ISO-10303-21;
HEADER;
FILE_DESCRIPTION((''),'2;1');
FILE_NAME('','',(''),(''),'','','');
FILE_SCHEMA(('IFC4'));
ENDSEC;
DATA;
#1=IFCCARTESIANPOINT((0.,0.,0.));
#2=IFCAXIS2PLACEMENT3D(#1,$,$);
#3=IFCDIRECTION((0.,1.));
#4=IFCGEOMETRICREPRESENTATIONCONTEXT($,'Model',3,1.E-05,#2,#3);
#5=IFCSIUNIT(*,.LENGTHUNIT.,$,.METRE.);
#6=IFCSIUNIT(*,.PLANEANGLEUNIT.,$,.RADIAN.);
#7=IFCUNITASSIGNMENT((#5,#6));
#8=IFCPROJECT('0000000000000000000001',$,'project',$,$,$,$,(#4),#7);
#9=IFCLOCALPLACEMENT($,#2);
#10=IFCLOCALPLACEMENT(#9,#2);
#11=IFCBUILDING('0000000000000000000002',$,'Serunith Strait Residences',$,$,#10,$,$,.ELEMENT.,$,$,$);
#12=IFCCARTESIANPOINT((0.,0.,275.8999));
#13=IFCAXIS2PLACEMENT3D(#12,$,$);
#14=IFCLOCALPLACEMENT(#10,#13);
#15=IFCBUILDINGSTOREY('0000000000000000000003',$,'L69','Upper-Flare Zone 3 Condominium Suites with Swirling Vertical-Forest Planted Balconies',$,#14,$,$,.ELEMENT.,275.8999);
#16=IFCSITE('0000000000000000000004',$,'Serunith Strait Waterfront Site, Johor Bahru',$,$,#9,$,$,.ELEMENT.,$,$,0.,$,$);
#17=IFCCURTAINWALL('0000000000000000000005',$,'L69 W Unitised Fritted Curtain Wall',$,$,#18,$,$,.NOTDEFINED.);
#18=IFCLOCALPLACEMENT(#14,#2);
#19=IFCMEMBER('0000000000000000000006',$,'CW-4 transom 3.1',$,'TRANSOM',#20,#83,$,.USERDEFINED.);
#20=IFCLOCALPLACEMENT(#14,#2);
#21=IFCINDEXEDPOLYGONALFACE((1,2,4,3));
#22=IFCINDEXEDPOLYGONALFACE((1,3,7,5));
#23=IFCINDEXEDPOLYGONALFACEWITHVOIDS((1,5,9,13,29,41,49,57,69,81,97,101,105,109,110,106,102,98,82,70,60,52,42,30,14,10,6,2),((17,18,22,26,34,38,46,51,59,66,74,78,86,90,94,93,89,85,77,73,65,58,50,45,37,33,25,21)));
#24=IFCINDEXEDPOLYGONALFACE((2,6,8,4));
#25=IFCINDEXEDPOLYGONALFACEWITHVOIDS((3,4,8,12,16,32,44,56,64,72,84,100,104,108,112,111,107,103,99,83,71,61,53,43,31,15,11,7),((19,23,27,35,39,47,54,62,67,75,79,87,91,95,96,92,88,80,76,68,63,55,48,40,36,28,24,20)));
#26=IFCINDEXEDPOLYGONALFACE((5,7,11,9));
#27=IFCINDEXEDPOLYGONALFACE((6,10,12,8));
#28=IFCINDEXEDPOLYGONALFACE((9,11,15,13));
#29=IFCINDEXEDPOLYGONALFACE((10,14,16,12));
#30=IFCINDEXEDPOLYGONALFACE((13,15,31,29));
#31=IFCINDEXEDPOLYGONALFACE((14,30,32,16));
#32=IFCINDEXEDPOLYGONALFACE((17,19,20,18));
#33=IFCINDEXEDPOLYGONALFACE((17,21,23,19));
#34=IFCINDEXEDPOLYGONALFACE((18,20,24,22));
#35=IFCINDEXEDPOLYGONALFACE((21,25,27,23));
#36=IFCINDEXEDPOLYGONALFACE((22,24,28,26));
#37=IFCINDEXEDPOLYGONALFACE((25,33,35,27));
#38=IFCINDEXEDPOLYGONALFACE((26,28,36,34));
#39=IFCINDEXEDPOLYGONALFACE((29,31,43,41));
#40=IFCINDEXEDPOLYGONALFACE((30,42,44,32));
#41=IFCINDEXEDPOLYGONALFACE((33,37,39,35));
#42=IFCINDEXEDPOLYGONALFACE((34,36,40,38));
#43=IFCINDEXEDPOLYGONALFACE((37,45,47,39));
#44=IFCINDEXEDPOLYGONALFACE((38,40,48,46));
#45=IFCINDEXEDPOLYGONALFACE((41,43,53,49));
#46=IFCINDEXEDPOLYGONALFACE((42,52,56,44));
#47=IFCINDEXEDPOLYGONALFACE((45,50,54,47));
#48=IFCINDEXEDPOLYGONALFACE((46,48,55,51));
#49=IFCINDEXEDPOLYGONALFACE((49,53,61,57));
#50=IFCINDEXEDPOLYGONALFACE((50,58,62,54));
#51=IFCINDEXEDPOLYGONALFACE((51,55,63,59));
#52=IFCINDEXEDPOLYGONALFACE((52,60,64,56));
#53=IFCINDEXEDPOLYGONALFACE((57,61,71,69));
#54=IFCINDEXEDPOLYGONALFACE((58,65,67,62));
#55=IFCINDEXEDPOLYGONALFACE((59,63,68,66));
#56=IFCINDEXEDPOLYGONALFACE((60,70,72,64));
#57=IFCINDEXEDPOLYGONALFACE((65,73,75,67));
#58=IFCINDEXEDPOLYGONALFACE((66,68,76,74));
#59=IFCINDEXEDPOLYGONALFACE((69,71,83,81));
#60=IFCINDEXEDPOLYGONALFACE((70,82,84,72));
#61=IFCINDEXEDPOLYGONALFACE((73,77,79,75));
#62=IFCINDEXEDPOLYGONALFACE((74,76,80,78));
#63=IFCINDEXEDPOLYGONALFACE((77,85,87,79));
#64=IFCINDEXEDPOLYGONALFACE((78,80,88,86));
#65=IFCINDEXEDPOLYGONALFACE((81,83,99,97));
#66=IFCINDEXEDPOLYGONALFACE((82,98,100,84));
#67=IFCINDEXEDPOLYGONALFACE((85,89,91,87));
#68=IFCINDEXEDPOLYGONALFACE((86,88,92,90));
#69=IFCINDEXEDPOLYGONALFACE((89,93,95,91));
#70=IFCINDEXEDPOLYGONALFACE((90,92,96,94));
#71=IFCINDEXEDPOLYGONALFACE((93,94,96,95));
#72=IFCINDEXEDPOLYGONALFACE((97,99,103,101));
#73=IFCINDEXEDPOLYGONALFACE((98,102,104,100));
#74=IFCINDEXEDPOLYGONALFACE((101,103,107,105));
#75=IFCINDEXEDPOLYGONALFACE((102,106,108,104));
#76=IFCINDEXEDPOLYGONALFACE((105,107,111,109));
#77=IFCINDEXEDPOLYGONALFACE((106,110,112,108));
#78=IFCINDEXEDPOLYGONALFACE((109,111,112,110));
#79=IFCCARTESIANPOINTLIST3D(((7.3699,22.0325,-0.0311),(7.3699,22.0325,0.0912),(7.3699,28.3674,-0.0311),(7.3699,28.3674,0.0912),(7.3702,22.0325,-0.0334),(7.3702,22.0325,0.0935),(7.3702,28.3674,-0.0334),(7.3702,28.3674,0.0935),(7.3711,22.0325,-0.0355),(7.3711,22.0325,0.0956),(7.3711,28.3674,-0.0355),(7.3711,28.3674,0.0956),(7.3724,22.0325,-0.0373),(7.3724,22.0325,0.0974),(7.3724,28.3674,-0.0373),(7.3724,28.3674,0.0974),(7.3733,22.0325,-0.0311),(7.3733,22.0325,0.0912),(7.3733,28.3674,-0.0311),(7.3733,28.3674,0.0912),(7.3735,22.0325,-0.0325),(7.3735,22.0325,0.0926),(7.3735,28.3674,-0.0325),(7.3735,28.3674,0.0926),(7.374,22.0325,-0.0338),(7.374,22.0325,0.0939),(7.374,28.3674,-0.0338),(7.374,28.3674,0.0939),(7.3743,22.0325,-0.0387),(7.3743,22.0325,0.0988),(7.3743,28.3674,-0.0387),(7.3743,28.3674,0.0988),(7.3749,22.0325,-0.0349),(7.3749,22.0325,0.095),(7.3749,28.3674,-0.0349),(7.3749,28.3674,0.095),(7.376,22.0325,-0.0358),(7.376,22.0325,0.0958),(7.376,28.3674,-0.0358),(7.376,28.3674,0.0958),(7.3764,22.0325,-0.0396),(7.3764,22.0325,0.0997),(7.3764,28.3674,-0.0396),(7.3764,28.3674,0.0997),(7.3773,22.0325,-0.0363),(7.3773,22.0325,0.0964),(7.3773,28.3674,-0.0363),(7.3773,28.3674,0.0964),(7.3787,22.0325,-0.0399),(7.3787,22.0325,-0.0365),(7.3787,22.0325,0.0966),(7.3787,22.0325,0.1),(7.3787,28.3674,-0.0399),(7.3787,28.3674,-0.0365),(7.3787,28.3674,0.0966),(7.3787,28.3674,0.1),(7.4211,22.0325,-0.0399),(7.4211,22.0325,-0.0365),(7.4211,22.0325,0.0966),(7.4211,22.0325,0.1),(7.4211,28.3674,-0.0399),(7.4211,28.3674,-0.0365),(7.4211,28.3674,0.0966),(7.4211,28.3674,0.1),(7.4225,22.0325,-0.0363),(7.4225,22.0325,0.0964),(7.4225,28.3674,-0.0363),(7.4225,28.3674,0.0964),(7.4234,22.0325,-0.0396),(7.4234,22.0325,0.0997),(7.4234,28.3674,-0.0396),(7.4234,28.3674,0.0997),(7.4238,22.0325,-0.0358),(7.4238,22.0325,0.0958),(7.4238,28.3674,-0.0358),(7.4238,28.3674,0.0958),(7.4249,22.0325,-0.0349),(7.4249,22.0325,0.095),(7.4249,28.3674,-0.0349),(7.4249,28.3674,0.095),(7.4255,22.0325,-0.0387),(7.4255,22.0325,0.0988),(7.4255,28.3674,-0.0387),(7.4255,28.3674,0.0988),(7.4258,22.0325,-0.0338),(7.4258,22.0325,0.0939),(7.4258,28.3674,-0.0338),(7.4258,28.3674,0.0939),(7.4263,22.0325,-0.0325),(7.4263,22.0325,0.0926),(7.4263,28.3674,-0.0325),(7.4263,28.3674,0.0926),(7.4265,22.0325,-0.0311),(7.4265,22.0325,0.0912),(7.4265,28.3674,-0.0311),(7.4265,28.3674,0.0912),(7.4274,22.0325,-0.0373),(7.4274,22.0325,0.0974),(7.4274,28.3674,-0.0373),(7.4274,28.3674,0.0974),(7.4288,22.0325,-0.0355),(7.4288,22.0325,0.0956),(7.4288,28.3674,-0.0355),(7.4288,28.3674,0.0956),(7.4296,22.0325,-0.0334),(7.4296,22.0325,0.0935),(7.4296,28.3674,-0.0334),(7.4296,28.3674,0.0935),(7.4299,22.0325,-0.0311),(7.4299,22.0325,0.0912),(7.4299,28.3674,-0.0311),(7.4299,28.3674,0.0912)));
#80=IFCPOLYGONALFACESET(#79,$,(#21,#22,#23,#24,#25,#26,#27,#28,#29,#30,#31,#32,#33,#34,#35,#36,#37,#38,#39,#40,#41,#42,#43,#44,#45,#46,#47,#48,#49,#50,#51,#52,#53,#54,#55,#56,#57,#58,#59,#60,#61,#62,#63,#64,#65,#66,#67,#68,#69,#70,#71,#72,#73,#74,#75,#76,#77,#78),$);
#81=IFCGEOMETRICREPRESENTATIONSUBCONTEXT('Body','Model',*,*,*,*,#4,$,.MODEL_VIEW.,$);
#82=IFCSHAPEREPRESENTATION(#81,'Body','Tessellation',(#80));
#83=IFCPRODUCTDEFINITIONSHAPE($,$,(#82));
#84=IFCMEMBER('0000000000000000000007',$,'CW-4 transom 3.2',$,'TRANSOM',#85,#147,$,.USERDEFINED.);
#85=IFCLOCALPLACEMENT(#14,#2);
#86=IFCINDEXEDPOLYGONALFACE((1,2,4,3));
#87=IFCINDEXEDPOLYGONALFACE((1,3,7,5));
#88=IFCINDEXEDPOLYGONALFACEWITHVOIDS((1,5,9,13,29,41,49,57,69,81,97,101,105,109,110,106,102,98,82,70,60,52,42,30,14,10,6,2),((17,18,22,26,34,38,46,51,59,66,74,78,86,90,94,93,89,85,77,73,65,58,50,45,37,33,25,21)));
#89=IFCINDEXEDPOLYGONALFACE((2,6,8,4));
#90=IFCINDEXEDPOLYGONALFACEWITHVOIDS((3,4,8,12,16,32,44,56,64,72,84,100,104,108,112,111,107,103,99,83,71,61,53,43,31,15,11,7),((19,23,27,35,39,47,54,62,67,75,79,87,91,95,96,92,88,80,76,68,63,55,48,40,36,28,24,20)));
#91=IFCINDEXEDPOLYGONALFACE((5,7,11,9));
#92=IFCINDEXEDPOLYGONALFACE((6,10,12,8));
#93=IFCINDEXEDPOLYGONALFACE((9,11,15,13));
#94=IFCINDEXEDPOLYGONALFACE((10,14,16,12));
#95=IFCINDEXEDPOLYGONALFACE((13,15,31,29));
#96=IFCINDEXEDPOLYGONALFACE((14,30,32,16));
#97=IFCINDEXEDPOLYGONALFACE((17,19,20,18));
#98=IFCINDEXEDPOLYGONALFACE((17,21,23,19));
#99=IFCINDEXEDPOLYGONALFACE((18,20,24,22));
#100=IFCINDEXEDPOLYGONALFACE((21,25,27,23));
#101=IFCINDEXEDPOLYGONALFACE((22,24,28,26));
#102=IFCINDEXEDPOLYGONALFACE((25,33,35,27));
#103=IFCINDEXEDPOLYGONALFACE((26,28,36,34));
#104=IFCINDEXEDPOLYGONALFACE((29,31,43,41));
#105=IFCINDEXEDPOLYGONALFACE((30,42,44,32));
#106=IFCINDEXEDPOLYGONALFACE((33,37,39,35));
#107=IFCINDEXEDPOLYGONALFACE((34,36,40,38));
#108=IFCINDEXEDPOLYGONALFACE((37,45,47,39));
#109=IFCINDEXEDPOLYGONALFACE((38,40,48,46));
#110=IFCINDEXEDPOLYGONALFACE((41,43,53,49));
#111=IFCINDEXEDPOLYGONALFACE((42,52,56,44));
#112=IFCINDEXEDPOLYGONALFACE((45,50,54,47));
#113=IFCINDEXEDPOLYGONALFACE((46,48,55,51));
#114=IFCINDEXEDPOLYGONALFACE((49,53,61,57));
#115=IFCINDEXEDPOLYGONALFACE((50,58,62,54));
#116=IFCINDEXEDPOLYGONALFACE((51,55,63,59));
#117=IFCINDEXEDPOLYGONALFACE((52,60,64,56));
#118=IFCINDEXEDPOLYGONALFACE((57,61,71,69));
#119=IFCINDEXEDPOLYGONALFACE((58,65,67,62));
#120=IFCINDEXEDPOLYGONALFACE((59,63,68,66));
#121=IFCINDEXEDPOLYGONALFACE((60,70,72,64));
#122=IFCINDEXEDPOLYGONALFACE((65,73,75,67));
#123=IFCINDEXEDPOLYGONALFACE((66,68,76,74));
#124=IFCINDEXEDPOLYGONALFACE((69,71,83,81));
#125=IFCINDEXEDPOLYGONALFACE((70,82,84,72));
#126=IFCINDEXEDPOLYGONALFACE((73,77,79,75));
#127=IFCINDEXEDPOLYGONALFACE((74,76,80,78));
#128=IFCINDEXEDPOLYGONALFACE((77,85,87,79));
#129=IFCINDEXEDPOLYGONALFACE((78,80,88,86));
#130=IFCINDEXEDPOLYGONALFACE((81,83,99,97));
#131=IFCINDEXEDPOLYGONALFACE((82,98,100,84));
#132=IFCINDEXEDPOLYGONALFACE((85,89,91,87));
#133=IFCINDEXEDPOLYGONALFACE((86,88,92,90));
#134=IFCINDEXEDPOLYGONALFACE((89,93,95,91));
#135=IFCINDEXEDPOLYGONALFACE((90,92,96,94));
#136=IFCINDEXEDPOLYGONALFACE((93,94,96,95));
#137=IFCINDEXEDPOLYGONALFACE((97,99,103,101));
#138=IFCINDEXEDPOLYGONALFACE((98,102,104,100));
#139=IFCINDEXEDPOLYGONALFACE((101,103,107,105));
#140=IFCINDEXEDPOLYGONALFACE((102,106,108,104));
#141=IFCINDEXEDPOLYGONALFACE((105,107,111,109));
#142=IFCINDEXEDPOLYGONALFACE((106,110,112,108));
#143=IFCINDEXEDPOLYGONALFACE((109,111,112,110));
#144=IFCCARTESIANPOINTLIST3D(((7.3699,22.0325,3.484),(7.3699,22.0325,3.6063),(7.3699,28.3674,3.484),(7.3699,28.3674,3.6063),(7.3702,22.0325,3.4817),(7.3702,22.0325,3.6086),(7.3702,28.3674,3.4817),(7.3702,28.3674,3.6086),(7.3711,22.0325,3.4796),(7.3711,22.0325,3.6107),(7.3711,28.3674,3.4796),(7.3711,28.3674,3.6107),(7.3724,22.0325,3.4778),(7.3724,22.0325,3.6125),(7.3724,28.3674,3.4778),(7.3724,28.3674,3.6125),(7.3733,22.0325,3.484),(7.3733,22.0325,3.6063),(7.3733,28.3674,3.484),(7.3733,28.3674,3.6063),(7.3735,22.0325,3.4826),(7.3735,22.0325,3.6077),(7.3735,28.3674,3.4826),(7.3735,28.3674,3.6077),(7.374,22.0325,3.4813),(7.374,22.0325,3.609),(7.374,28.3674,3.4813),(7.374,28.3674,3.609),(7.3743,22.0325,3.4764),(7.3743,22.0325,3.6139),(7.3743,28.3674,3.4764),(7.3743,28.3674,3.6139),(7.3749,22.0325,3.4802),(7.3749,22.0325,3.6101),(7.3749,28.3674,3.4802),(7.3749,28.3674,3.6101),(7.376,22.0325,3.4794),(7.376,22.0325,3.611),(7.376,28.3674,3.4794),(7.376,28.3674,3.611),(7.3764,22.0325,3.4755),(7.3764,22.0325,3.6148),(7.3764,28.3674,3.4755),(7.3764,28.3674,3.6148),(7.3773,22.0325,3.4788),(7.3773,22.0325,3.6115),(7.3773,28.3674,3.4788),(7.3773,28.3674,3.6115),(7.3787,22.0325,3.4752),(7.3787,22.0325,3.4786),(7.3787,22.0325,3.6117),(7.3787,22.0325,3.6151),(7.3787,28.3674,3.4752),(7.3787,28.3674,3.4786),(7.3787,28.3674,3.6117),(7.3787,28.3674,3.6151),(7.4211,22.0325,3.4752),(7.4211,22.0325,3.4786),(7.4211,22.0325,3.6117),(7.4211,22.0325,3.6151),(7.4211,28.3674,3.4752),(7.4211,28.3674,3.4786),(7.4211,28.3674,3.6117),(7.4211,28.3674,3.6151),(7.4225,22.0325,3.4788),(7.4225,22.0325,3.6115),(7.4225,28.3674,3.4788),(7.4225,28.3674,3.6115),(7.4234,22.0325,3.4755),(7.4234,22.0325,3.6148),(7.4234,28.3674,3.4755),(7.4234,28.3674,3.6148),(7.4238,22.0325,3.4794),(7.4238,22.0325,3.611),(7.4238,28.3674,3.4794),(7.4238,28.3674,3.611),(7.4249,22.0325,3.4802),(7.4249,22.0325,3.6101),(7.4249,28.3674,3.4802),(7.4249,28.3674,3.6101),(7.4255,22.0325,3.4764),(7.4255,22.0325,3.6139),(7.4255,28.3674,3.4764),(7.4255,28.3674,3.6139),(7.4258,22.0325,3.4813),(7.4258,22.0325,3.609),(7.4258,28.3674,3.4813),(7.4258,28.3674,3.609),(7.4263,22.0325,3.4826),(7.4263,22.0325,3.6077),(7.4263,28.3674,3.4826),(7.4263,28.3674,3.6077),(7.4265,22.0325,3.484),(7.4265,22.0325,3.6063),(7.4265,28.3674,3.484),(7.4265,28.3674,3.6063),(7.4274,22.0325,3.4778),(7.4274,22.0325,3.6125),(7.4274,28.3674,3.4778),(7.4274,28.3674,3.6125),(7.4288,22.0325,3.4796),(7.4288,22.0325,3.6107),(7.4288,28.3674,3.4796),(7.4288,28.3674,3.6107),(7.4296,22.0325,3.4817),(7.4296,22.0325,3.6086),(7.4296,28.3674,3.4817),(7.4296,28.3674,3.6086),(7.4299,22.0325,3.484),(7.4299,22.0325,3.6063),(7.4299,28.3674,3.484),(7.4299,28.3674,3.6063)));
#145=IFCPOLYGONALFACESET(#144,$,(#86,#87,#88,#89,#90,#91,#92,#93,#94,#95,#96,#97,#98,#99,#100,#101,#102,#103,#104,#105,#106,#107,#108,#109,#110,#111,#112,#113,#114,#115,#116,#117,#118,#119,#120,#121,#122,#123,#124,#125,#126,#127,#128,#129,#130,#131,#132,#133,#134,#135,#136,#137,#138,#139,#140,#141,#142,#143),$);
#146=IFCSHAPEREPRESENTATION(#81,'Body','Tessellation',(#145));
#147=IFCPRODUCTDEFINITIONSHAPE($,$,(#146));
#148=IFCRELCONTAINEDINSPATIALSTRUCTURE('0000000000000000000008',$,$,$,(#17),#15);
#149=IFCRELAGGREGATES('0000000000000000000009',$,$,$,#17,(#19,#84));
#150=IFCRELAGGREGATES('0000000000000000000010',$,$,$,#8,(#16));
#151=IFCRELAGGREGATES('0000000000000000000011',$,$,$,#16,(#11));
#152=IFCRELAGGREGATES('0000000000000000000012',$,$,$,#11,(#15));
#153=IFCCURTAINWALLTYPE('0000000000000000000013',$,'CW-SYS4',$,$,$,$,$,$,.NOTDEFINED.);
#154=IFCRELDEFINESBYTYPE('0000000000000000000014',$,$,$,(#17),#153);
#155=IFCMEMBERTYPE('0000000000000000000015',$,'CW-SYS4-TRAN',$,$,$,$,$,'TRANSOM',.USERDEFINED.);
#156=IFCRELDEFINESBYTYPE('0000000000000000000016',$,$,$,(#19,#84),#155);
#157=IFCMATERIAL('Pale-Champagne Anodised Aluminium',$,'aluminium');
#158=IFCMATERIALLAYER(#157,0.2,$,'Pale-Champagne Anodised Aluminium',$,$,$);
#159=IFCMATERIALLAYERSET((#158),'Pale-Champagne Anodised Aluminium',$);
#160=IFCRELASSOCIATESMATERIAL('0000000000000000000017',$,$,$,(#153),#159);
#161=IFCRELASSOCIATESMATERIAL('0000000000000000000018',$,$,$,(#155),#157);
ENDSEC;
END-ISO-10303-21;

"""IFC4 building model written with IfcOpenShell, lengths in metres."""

from ifc_helpers import new_model, si_unit, direction, frame, origin, origin_2d, place, context, subcontext, project, spatial, hollow_rectangle, extrude, source, transform, mapped, material, layer, layer_set, material_profile, profile_set, type_object, element, aggregate, save


model = new_model("IFC4")

# Units and contexts
model_context = context("Model", 3, precision=1e-05, world=origin(), true_north=direction((0.0, 1.0)))
body_context = subcontext(model_context, "Body", "Model", "MODEL_VIEW")
ifc_project = project(units=[si_unit("LENGTHUNIT", "METRE"), si_unit("PLANEANGLEUNIT", "RADIAN")], contexts=[model_context])

# Site, building, storey
site_placement = place(None, origin())
site = spatial("IfcSite", under=ifc_project, at=site_placement, Name="Serunith Strait Waterfront Site, Johor Bahru", CompositionType="ELEMENT", RefElevation=0.0)
building_placement = place(site_placement, origin())
building = spatial("IfcBuilding", under=site, at=building_placement, Name="Serunith Strait Residences", CompositionType="ELEMENT")
storey_placement = place(building_placement, frame((0.0, 0.0, 275.8999)))
storey = spatial("IfcBuildingStorey", under=building, at=storey_placement, Name="L69", Description="Upper-Flare Zone 3 Condominium Suites with Swirling Vertical-Forest Planted Balconies", CompositionType="ELEMENT", Elevation=275.8999)

# Curtain wall, members
ifc_material_1 = material(Name="Pale-Champagne Anodised Aluminium", Category="aluminium")
ifc_layer_1 = layer(ifc_material_1, 0.2, Name="Pale-Champagne Anodised Aluminium")
ifc_layer_set_1 = layer_set([ifc_layer_1], Name="Pale-Champagne Anodised Aluminium")
curtain_wall_type = type_object("IfcCurtainWallType", Name="CW-SYS4", PredefinedType="NOTDEFINED", material=ifc_layer_set_1)
curtain_wall_placement = place(storey_placement, origin())
curtain_wall = element("IfcCurtainWall", 1, at=curtain_wall_placement, inside=storey, type_object=curtain_wall_type, Name="L69 W Unitised Fritted Curtain Wall", PredefinedType="NOTDEFINED")
ifc_material_profile_1 = material_profile(ifc_material_1, hollow_rectangle(XDim=0.0601, YDim=0.1399, WallThickness=0.0034, InnerFilletRadius=0.0054, OuterFilletRadius=0.0088, at=origin_2d()), Name="ALU 140x60x3.5")
ifc_profile_set_1 = profile_set([ifc_material_profile_1], Name="Pale-Champagne Anodised Aluminium")
member_type_1 = type_object("IfcMemberType", Name="CW-SYS4-TRAN", ElementType="TRANSOM", PredefinedType="USERDEFINED", material=ifc_profile_set_1)
shared_shape_1 = source(origin(), body_context, "Body", "SweptSolid", [
    extrude(hollow_rectangle(XDim=0.0601, YDim=0.1399, WallThickness=0.0034, InnerFilletRadius=0.0054, OuterFilletRadius=0.0088, at=origin_2d()), origin(), (0.0, 0.0, 1.0), 6.335),
])
member_1_placement = place(storey_placement, frame((7.3999, 28.3674, 0.03), z_axis=(0.0, -1.0, 0.0), x_axis=(1.0, 0.0, 0.0)))
member_1 = element("IfcMember", 2, at=member_1_placement, type_object=member_type_1, Name="CW-4 transom 3.1", ObjectType="TRANSOM", PredefinedType="USERDEFINED", context=body_context, shape_type="MappedRepresentation", body=[
    mapped(shared_shape_1, transform((0.0, 0.0, 0.0), scale=1.0)),
])
member_2_placement = place(storey_placement, frame((7.3999, 28.3674, 3.5452), z_axis=(0.0, -1.0, 0.0), x_axis=(1.0, 0.0, 0.0)))
member_2 = element("IfcMember", 3, at=member_2_placement, type_object=member_type_1, Name="CW-4 transom 3.2", ObjectType="TRANSOM", PredefinedType="USERDEFINED", context=body_context, shape_type="MappedRepresentation", body=[
    mapped(shared_shape_1, transform((0.0, 0.0, 0.0), scale=1.0)),
])
aggregate(curtain_wall, [member_1, member_2])

save(model, "model.ifc")
